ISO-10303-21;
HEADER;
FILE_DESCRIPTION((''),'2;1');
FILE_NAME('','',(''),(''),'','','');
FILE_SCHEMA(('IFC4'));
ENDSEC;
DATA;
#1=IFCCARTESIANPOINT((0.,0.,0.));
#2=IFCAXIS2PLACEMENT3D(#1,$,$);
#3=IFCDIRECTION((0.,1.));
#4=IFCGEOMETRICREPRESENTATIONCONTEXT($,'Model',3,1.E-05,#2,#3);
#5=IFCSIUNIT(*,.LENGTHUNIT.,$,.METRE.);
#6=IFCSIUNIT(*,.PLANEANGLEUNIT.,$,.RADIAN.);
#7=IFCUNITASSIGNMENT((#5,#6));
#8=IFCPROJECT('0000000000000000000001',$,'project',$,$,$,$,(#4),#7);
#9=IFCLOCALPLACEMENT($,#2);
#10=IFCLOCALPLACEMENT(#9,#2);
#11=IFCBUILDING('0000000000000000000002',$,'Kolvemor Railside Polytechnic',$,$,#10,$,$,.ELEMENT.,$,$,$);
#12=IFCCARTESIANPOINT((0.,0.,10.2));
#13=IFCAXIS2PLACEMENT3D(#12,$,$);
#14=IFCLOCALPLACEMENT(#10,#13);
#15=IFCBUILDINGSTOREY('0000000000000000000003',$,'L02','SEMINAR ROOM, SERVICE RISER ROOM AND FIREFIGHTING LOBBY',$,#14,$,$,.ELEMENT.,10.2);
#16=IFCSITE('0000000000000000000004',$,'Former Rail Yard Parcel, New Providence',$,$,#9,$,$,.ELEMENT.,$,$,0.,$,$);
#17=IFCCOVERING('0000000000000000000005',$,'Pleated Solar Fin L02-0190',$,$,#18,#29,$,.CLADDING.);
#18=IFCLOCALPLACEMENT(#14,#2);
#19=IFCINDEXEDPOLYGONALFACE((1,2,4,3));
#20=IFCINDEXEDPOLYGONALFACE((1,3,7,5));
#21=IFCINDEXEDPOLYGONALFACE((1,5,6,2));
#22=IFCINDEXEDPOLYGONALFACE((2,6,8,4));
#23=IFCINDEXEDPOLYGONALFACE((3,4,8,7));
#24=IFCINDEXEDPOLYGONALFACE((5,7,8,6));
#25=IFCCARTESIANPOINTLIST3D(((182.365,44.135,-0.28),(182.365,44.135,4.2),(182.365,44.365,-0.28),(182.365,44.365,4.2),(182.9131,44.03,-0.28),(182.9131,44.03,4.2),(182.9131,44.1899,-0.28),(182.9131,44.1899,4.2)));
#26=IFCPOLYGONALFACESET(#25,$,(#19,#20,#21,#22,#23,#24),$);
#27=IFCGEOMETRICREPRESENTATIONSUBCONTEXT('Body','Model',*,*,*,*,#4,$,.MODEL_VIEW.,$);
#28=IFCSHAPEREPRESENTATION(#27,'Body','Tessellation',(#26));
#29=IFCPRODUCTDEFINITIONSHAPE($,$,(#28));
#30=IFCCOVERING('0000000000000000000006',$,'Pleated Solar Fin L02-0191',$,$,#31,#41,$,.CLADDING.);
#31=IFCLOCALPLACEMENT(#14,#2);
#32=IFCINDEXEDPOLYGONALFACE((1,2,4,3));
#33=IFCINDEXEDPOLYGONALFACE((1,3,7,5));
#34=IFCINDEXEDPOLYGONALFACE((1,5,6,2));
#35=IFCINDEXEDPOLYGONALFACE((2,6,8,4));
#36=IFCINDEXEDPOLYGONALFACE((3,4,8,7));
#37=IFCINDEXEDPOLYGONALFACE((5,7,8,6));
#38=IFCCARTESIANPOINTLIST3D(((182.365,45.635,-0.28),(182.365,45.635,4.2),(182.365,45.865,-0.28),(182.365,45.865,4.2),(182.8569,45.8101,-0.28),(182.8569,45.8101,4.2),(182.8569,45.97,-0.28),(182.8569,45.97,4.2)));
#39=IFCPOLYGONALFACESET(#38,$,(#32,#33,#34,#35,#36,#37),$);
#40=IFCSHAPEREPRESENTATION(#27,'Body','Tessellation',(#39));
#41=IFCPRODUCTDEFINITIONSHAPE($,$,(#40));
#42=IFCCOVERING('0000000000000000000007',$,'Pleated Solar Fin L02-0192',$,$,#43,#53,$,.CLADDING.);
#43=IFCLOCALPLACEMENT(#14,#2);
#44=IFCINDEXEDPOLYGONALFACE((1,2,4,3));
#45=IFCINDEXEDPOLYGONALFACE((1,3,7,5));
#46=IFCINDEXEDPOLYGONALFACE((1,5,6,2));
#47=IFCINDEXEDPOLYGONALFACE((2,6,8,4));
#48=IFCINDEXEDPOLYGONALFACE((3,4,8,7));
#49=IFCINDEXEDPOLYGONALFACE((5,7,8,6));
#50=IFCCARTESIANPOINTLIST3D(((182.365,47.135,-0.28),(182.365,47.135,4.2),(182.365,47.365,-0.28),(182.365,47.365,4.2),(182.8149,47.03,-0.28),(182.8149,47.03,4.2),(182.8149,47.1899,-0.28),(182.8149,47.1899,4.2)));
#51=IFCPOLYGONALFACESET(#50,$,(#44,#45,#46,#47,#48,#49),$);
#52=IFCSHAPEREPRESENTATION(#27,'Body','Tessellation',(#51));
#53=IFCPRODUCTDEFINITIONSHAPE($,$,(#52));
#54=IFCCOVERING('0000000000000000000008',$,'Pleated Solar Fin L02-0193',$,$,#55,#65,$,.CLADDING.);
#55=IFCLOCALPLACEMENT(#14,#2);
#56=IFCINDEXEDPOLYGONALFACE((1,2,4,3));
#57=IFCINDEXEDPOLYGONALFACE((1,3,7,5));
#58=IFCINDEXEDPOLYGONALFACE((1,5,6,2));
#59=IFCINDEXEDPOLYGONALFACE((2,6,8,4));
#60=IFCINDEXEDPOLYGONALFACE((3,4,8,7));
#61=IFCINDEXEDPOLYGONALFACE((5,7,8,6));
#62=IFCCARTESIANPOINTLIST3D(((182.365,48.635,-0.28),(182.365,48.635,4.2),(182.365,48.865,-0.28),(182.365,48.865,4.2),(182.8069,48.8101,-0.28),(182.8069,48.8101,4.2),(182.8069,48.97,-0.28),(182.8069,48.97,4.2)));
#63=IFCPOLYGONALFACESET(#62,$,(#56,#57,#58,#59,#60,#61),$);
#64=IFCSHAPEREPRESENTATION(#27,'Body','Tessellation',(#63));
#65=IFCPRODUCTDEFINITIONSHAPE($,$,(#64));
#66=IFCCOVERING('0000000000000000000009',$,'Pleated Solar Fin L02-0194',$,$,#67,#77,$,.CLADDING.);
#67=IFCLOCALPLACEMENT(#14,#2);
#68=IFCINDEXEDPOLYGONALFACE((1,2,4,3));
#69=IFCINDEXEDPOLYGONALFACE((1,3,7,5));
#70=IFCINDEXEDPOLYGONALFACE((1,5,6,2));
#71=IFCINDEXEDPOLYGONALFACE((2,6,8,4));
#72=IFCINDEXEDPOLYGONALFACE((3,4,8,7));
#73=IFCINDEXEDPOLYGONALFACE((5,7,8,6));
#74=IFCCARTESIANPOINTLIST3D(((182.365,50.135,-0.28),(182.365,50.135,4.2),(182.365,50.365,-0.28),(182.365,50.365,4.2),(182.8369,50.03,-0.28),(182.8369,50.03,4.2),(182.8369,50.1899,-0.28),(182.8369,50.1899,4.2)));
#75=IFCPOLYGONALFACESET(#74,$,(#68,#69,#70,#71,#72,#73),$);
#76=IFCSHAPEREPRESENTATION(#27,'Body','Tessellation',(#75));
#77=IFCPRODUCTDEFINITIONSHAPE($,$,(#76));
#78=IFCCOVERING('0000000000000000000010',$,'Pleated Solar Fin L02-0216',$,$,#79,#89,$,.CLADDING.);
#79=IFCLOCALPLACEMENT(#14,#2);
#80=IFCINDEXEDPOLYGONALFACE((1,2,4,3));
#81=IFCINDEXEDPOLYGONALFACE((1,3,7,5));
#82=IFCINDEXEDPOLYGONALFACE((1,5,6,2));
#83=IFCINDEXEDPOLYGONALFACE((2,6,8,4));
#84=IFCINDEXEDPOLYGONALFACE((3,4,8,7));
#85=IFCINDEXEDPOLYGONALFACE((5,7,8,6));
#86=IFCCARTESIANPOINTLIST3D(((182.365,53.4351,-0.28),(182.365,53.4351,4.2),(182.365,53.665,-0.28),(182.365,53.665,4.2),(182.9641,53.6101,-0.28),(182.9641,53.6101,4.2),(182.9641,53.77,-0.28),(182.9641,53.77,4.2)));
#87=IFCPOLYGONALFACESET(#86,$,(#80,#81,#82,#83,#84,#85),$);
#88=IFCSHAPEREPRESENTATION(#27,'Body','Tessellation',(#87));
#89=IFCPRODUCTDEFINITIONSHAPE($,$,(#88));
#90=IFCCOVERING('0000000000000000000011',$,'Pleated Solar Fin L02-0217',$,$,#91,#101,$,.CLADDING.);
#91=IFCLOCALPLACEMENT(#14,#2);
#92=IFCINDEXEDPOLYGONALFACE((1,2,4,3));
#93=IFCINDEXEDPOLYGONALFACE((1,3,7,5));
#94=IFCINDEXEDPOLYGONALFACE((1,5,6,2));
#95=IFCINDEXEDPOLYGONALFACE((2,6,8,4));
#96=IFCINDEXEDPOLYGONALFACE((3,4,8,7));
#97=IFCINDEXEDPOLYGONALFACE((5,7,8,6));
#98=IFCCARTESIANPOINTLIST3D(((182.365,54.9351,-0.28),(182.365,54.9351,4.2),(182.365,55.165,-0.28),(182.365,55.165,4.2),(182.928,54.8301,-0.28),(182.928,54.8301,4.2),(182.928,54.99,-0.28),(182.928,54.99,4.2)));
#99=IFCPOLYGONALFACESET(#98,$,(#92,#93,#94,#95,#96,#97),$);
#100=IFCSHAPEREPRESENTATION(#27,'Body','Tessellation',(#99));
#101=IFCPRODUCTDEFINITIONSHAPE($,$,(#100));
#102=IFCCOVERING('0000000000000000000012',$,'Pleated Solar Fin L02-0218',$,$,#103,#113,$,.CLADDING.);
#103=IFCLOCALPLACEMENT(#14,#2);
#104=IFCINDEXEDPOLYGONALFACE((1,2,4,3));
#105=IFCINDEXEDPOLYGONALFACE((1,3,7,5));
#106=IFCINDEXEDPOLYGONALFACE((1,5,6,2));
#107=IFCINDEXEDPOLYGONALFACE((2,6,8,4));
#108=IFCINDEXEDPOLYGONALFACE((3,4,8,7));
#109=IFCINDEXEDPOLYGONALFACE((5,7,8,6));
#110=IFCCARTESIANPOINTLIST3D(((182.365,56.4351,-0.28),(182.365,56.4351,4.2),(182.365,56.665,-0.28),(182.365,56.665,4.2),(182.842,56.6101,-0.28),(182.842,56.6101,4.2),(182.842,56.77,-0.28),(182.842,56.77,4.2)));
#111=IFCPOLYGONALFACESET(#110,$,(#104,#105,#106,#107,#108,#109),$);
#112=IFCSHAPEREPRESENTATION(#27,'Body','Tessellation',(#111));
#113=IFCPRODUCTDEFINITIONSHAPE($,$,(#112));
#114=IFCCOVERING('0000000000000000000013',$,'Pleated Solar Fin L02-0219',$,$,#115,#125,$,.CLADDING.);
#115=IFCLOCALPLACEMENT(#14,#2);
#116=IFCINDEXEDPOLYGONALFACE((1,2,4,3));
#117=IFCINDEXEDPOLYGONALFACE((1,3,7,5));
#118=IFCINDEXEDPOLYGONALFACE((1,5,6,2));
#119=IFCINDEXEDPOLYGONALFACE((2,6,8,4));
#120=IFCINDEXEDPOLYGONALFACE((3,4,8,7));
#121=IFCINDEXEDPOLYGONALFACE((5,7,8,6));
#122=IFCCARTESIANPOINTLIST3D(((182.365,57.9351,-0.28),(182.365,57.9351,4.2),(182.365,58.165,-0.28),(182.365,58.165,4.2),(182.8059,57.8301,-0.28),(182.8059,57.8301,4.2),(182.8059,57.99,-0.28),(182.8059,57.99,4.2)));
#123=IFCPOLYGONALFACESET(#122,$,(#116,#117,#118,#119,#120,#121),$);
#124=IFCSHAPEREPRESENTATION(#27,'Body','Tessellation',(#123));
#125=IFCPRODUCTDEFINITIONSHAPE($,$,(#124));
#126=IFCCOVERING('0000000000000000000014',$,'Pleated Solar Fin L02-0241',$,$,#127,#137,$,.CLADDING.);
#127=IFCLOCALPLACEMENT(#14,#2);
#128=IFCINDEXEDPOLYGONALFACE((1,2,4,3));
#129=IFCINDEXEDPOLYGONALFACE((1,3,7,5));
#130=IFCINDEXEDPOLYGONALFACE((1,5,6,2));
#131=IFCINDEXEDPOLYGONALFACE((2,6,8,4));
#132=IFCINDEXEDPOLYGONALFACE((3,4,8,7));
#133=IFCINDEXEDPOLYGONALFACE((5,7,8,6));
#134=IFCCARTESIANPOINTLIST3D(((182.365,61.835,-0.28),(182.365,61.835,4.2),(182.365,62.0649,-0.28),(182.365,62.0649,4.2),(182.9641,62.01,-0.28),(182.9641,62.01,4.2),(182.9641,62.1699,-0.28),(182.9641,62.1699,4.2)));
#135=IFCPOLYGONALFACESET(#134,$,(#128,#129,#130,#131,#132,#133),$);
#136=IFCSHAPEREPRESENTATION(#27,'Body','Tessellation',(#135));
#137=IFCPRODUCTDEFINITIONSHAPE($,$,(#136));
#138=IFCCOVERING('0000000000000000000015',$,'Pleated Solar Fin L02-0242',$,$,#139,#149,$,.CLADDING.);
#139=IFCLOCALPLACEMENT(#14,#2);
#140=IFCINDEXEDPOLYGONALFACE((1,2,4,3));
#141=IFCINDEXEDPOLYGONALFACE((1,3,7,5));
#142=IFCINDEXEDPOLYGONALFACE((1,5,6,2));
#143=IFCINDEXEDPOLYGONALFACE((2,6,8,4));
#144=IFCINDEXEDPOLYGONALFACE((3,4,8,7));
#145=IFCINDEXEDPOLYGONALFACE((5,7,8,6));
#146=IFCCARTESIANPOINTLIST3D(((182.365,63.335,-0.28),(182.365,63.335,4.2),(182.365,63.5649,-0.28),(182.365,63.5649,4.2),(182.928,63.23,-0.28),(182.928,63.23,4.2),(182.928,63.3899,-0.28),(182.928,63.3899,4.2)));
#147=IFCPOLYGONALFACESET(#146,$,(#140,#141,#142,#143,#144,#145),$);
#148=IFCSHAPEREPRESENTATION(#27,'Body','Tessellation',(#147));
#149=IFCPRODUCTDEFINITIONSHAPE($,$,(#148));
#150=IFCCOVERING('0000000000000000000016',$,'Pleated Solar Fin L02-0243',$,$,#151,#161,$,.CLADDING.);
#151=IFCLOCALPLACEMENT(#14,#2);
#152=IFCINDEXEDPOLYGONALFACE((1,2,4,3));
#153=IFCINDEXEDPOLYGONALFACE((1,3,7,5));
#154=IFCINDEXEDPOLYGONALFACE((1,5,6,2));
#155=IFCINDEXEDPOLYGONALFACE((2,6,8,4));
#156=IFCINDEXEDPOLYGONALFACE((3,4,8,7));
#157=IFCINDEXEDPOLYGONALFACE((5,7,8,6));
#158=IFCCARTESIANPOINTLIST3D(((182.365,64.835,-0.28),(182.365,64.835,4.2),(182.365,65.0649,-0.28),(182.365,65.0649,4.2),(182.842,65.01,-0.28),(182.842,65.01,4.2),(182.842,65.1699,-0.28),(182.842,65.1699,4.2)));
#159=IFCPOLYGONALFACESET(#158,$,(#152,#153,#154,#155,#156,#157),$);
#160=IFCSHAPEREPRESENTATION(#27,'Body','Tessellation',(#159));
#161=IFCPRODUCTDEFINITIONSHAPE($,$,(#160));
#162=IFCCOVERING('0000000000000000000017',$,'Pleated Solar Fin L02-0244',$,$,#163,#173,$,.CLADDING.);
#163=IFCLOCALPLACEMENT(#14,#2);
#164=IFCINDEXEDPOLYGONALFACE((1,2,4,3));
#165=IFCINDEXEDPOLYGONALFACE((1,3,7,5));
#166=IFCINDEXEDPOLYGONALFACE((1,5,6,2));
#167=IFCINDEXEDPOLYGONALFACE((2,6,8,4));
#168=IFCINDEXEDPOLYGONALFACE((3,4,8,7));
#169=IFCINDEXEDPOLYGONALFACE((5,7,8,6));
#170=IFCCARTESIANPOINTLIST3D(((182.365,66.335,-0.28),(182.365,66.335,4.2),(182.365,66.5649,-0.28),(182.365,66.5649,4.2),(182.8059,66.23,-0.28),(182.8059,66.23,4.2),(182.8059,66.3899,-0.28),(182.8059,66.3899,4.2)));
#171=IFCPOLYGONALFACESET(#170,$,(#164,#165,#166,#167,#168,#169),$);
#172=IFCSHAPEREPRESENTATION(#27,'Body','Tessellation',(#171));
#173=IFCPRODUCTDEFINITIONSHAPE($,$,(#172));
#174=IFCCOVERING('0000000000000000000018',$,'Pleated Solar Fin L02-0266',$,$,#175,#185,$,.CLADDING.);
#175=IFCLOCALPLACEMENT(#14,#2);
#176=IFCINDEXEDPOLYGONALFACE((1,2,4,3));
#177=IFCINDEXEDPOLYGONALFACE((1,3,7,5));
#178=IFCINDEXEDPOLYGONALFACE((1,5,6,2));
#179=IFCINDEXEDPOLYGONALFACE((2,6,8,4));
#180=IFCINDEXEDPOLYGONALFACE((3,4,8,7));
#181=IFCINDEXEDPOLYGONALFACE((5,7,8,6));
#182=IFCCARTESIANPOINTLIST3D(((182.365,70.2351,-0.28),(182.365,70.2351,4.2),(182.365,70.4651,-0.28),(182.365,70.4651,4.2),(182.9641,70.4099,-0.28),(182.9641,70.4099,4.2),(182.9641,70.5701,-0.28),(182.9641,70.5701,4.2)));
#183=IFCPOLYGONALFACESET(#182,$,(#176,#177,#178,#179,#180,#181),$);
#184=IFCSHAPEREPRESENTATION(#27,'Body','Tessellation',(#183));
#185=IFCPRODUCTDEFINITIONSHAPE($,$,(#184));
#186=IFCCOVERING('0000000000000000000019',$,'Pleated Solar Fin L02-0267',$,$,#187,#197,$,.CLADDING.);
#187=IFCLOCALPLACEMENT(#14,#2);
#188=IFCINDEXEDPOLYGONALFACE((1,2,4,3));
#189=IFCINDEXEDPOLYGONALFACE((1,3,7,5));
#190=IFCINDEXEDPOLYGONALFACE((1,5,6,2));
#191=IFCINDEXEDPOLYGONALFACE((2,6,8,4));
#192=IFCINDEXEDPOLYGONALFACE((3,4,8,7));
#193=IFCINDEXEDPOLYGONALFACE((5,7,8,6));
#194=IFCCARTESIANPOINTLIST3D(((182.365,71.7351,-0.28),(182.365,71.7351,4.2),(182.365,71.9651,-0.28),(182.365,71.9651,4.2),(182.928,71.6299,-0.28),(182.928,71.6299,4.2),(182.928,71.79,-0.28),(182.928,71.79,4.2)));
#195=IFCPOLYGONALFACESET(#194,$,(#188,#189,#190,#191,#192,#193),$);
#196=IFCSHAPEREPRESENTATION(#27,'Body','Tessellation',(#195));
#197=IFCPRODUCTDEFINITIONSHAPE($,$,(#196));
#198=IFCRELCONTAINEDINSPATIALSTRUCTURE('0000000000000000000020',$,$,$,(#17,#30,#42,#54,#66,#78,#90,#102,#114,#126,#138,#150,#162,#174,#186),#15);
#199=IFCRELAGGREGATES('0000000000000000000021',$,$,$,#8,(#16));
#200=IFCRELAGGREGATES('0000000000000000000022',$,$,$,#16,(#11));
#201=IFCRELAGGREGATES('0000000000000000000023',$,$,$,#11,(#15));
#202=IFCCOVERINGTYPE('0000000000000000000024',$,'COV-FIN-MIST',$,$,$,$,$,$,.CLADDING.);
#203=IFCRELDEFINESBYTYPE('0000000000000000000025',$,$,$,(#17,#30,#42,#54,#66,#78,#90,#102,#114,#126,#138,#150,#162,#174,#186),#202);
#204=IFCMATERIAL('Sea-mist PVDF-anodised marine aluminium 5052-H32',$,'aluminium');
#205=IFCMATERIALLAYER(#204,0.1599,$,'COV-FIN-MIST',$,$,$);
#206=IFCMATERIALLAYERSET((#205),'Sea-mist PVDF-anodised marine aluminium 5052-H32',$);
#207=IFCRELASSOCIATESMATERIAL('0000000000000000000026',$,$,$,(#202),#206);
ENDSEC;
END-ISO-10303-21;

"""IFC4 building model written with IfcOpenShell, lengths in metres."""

from ifc_helpers import new_model, si_unit, direction, frame, origin, place, context, subcontext, project, spatial, polyline, outline, extrude, material, layer, layer_set, type_object, element, save


model = new_model("IFC4")

# Units and contexts
model_context = context("Model", 3, precision=1e-05, world=origin(), true_north=direction((0.0, 1.0)))
body_context = subcontext(model_context, "Body", "Model", "MODEL_VIEW")
ifc_project = project(units=[si_unit("LENGTHUNIT", "METRE"), si_unit("PLANEANGLEUNIT", "RADIAN")], contexts=[model_context])

# Site, building, storey
site_placement = place(None, origin())
site = spatial("IfcSite", under=ifc_project, at=site_placement, Name="Former Rail Yard Parcel, New Providence", CompositionType="ELEMENT", RefElevation=0.0)
building_placement = place(site_placement, origin())
building = spatial("IfcBuilding", under=site, at=building_placement, Name="Kolvemor Railside Polytechnic", CompositionType="ELEMENT")
storey_placement = place(building_placement, frame((0.0, 0.0, 10.2)))
storey = spatial("IfcBuildingStorey", under=building, at=storey_placement, Name="L02", Description="SEMINAR ROOM, SERVICE RISER ROOM AND FIREFIGHTING LOBBY", CompositionType="ELEMENT", Elevation=10.2)

# Coverings
ifc_material_1 = material(Name="Sea-mist PVDF-anodised marine aluminium 5052-H32", Category="aluminium")
ifc_layer_1 = layer(ifc_material_1, 0.1599, Name="COV-FIN-MIST")
ifc_layer_set_1 = layer_set([ifc_layer_1], Name="Sea-mist PVDF-anodised marine aluminium 5052-H32")
covering_type_1 = type_object("IfcCoveringType", Name="COV-FIN-MIST", PredefinedType="CLADDING", material=ifc_layer_set_1)
covering_1_placement = place(storey_placement, frame((0.0, 0.0, -0.28)))
element("IfcCovering", 1, at=covering_1_placement, inside=storey, type_object=covering_type_1, Name="Pleated Solar Fin L02-0190", PredefinedType="CLADDING", context=body_context, shape_type="SweptSolid", body=[
    extrude(outline(polyline([(182.365, 44.135), (182.365, 44.365), (182.9131, 44.1899), (182.9131, 44.03), (182.365, 44.135)])), origin(), (0.0, 0.0, 1.0), 4.48),
])
covering_2_placement = place(storey_placement, frame((0.0, 0.0, -0.28)))
element("IfcCovering", 2, at=covering_2_placement, inside=storey, type_object=covering_type_1, Name="Pleated Solar Fin L02-0191", PredefinedType="CLADDING", context=body_context, shape_type="SweptSolid", body=[
    extrude(outline(polyline([(182.365, 45.635), (182.365, 45.865), (182.8569, 45.97), (182.8569, 45.8101), (182.365, 45.635)])), origin(), (0.0, 0.0, 1.0), 4.48),
])
covering_3_placement = place(storey_placement, frame((0.0, 0.0, -0.28)))
element("IfcCovering", 3, at=covering_3_placement, inside=storey, type_object=covering_type_1, Name="Pleated Solar Fin L02-0192", PredefinedType="CLADDING", context=body_context, shape_type="SweptSolid", body=[
    extrude(outline(polyline([(182.365, 47.135), (182.365, 47.365), (182.8149, 47.1899), (182.8149, 47.03), (182.365, 47.135)])), origin(), (0.0, 0.0, 1.0), 4.48),
])
covering_4_placement = place(storey_placement, frame((0.0, 0.0, -0.28)))
element("IfcCovering", 4, at=covering_4_placement, inside=storey, type_object=covering_type_1, Name="Pleated Solar Fin L02-0193", PredefinedType="CLADDING", context=body_context, shape_type="SweptSolid", body=[
    extrude(outline(polyline([(182.365, 48.635), (182.365, 48.865), (182.8069, 48.97), (182.8069, 48.8101), (182.365, 48.635)])), origin(), (0.0, 0.0, 1.0), 4.48),
])
covering_5_placement = place(storey_placement, frame((0.0, 0.0, -0.28)))
element("IfcCovering", 5, at=covering_5_placement, inside=storey, type_object=covering_type_1, Name="Pleated Solar Fin L02-0194", PredefinedType="CLADDING", context=body_context, shape_type="SweptSolid", body=[
    extrude(outline(polyline([(182.365, 50.135), (182.365, 50.365), (182.8369, 50.1899), (182.8369, 50.03), (182.365, 50.135)])), origin(), (0.0, 0.0, 1.0), 4.48),
])
covering_6_placement = place(storey_placement, frame((0.0, 0.0, -0.28)))
element("IfcCovering", 6, at=covering_6_placement, inside=storey, type_object=covering_type_1, Name="Pleated Solar Fin L02-0216", PredefinedType="CLADDING", context=body_context, shape_type="SweptSolid", body=[
    extrude(outline(polyline([(182.365, 53.4351), (182.365, 53.665), (182.9641, 53.77), (182.9641, 53.6101), (182.365, 53.4351)])), origin(), (0.0, 0.0, 1.0), 4.48),
])
covering_7_placement = place(storey_placement, frame((0.0, 0.0, -0.28)))
element("IfcCovering", 7, at=covering_7_placement, inside=storey, type_object=covering_type_1, Name="Pleated Solar Fin L02-0217", PredefinedType="CLADDING", context=body_context, shape_type="SweptSolid", body=[
    extrude(outline(polyline([(182.365, 54.9351), (182.365, 55.165), (182.928, 54.99), (182.928, 54.8301), (182.365, 54.9351)])), origin(), (0.0, 0.0, 1.0), 4.48),
])
covering_8_placement = place(storey_placement, frame((0.0, 0.0, -0.28)))
element("IfcCovering", 8, at=covering_8_placement, inside=storey, type_object=covering_type_1, Name="Pleated Solar Fin L02-0218", PredefinedType="CLADDING", context=body_context, shape_type="SweptSolid", body=[
    extrude(outline(polyline([(182.365, 56.4351), (182.365, 56.665), (182.842, 56.77), (182.842, 56.6101), (182.365, 56.4351)])), origin(), (0.0, 0.0, 1.0), 4.48),
])
covering_9_placement = place(storey_placement, frame((0.0, 0.0, -0.28)))
element("IfcCovering", 9, at=covering_9_placement, inside=storey, type_object=covering_type_1, Name="Pleated Solar Fin L02-0219", PredefinedType="CLADDING", context=body_context, shape_type="SweptSolid", body=[
    extrude(outline(polyline([(182.365, 57.9351), (182.365, 58.165), (182.8059, 57.99), (182.8059, 57.8301), (182.365, 57.9351)])), origin(), (0.0, 0.0, 1.0), 4.48),
])
covering_10_placement = place(storey_placement, frame((0.0, 0.0, -0.28)))
element("IfcCovering", 10, at=covering_10_placement, inside=storey, type_object=covering_type_1, Name="Pleated Solar Fin L02-0241", PredefinedType="CLADDING", context=body_context, shape_type="SweptSolid", body=[
    extrude(outline(polyline([(182.365, 61.835), (182.365, 62.0649), (182.9641, 62.1699), (182.9641, 62.01), (182.365, 61.835)])), origin(), (0.0, 0.0, 1.0), 4.48),
])
covering_11_placement = place(storey_placement, frame((0.0, 0.0, -0.28)))
element("IfcCovering", 11, at=covering_11_placement, inside=storey, type_object=covering_type_1, Name="Pleated Solar Fin L02-0242", PredefinedType="CLADDING", context=body_context, shape_type="SweptSolid", body=[
    extrude(outline(polyline([(182.365, 63.335), (182.365, 63.5649), (182.928, 63.3899), (182.928, 63.23), (182.365, 63.335)])), origin(), (0.0, 0.0, 1.0), 4.48),
])
covering_12_placement = place(storey_placement, frame((0.0, 0.0, -0.28)))
element("IfcCovering", 12, at=covering_12_placement, inside=storey, type_object=covering_type_1, Name="Pleated Solar Fin L02-0243", PredefinedType="CLADDING", context=body_context, shape_type="SweptSolid", body=[
    extrude(outline(polyline([(182.365, 64.835), (182.365, 65.0649), (182.842, 65.1699), (182.842, 65.01), (182.365, 64.835)])), origin(), (0.0, 0.0, 1.0), 4.48),
])
covering_13_placement = place(storey_placement, frame((0.0, 0.0, -0.28)))
element("IfcCovering", 13, at=covering_13_placement, inside=storey, type_object=covering_type_1, Name="Pleated Solar Fin L02-0244", PredefinedType="CLADDING", context=body_context, shape_type="SweptSolid", body=[
    extrude(outline(polyline([(182.365, 66.335), (182.365, 66.5649), (182.8059, 66.3899), (182.8059, 66.23), (182.365, 66.335)])), origin(), (0.0, 0.0, 1.0), 4.48),
])
covering_14_placement = place(storey_placement, frame((0.0, 0.0, -0.28)))
element("IfcCovering", 14, at=covering_14_placement, inside=storey, type_object=covering_type_1, Name="Pleated Solar Fin L02-0266", PredefinedType="CLADDING", context=body_context, shape_type="SweptSolid", body=[
    extrude(outline(polyline([(182.365, 70.2351), (182.365, 70.4651), (182.9641, 70.5701), (182.9641, 70.4099), (182.365, 70.2351)])), origin(), (0.0, 0.0, 1.0), 4.48),
])
covering_15_placement = place(storey_placement, frame((0.0, 0.0, -0.28)))
element("IfcCovering", 15, at=covering_15_placement, inside=storey, type_object=covering_type_1, Name="Pleated Solar Fin L02-0267", PredefinedType="CLADDING", context=body_context, shape_type="SweptSolid", body=[
    extrude(outline(polyline([(182.365, 71.7351), (182.365, 71.9651), (182.928, 71.79), (182.928, 71.6299), (182.365, 71.7351)])), origin(), (0.0, 0.0, 1.0), 4.48),
])

save(model, "model.ifc")
